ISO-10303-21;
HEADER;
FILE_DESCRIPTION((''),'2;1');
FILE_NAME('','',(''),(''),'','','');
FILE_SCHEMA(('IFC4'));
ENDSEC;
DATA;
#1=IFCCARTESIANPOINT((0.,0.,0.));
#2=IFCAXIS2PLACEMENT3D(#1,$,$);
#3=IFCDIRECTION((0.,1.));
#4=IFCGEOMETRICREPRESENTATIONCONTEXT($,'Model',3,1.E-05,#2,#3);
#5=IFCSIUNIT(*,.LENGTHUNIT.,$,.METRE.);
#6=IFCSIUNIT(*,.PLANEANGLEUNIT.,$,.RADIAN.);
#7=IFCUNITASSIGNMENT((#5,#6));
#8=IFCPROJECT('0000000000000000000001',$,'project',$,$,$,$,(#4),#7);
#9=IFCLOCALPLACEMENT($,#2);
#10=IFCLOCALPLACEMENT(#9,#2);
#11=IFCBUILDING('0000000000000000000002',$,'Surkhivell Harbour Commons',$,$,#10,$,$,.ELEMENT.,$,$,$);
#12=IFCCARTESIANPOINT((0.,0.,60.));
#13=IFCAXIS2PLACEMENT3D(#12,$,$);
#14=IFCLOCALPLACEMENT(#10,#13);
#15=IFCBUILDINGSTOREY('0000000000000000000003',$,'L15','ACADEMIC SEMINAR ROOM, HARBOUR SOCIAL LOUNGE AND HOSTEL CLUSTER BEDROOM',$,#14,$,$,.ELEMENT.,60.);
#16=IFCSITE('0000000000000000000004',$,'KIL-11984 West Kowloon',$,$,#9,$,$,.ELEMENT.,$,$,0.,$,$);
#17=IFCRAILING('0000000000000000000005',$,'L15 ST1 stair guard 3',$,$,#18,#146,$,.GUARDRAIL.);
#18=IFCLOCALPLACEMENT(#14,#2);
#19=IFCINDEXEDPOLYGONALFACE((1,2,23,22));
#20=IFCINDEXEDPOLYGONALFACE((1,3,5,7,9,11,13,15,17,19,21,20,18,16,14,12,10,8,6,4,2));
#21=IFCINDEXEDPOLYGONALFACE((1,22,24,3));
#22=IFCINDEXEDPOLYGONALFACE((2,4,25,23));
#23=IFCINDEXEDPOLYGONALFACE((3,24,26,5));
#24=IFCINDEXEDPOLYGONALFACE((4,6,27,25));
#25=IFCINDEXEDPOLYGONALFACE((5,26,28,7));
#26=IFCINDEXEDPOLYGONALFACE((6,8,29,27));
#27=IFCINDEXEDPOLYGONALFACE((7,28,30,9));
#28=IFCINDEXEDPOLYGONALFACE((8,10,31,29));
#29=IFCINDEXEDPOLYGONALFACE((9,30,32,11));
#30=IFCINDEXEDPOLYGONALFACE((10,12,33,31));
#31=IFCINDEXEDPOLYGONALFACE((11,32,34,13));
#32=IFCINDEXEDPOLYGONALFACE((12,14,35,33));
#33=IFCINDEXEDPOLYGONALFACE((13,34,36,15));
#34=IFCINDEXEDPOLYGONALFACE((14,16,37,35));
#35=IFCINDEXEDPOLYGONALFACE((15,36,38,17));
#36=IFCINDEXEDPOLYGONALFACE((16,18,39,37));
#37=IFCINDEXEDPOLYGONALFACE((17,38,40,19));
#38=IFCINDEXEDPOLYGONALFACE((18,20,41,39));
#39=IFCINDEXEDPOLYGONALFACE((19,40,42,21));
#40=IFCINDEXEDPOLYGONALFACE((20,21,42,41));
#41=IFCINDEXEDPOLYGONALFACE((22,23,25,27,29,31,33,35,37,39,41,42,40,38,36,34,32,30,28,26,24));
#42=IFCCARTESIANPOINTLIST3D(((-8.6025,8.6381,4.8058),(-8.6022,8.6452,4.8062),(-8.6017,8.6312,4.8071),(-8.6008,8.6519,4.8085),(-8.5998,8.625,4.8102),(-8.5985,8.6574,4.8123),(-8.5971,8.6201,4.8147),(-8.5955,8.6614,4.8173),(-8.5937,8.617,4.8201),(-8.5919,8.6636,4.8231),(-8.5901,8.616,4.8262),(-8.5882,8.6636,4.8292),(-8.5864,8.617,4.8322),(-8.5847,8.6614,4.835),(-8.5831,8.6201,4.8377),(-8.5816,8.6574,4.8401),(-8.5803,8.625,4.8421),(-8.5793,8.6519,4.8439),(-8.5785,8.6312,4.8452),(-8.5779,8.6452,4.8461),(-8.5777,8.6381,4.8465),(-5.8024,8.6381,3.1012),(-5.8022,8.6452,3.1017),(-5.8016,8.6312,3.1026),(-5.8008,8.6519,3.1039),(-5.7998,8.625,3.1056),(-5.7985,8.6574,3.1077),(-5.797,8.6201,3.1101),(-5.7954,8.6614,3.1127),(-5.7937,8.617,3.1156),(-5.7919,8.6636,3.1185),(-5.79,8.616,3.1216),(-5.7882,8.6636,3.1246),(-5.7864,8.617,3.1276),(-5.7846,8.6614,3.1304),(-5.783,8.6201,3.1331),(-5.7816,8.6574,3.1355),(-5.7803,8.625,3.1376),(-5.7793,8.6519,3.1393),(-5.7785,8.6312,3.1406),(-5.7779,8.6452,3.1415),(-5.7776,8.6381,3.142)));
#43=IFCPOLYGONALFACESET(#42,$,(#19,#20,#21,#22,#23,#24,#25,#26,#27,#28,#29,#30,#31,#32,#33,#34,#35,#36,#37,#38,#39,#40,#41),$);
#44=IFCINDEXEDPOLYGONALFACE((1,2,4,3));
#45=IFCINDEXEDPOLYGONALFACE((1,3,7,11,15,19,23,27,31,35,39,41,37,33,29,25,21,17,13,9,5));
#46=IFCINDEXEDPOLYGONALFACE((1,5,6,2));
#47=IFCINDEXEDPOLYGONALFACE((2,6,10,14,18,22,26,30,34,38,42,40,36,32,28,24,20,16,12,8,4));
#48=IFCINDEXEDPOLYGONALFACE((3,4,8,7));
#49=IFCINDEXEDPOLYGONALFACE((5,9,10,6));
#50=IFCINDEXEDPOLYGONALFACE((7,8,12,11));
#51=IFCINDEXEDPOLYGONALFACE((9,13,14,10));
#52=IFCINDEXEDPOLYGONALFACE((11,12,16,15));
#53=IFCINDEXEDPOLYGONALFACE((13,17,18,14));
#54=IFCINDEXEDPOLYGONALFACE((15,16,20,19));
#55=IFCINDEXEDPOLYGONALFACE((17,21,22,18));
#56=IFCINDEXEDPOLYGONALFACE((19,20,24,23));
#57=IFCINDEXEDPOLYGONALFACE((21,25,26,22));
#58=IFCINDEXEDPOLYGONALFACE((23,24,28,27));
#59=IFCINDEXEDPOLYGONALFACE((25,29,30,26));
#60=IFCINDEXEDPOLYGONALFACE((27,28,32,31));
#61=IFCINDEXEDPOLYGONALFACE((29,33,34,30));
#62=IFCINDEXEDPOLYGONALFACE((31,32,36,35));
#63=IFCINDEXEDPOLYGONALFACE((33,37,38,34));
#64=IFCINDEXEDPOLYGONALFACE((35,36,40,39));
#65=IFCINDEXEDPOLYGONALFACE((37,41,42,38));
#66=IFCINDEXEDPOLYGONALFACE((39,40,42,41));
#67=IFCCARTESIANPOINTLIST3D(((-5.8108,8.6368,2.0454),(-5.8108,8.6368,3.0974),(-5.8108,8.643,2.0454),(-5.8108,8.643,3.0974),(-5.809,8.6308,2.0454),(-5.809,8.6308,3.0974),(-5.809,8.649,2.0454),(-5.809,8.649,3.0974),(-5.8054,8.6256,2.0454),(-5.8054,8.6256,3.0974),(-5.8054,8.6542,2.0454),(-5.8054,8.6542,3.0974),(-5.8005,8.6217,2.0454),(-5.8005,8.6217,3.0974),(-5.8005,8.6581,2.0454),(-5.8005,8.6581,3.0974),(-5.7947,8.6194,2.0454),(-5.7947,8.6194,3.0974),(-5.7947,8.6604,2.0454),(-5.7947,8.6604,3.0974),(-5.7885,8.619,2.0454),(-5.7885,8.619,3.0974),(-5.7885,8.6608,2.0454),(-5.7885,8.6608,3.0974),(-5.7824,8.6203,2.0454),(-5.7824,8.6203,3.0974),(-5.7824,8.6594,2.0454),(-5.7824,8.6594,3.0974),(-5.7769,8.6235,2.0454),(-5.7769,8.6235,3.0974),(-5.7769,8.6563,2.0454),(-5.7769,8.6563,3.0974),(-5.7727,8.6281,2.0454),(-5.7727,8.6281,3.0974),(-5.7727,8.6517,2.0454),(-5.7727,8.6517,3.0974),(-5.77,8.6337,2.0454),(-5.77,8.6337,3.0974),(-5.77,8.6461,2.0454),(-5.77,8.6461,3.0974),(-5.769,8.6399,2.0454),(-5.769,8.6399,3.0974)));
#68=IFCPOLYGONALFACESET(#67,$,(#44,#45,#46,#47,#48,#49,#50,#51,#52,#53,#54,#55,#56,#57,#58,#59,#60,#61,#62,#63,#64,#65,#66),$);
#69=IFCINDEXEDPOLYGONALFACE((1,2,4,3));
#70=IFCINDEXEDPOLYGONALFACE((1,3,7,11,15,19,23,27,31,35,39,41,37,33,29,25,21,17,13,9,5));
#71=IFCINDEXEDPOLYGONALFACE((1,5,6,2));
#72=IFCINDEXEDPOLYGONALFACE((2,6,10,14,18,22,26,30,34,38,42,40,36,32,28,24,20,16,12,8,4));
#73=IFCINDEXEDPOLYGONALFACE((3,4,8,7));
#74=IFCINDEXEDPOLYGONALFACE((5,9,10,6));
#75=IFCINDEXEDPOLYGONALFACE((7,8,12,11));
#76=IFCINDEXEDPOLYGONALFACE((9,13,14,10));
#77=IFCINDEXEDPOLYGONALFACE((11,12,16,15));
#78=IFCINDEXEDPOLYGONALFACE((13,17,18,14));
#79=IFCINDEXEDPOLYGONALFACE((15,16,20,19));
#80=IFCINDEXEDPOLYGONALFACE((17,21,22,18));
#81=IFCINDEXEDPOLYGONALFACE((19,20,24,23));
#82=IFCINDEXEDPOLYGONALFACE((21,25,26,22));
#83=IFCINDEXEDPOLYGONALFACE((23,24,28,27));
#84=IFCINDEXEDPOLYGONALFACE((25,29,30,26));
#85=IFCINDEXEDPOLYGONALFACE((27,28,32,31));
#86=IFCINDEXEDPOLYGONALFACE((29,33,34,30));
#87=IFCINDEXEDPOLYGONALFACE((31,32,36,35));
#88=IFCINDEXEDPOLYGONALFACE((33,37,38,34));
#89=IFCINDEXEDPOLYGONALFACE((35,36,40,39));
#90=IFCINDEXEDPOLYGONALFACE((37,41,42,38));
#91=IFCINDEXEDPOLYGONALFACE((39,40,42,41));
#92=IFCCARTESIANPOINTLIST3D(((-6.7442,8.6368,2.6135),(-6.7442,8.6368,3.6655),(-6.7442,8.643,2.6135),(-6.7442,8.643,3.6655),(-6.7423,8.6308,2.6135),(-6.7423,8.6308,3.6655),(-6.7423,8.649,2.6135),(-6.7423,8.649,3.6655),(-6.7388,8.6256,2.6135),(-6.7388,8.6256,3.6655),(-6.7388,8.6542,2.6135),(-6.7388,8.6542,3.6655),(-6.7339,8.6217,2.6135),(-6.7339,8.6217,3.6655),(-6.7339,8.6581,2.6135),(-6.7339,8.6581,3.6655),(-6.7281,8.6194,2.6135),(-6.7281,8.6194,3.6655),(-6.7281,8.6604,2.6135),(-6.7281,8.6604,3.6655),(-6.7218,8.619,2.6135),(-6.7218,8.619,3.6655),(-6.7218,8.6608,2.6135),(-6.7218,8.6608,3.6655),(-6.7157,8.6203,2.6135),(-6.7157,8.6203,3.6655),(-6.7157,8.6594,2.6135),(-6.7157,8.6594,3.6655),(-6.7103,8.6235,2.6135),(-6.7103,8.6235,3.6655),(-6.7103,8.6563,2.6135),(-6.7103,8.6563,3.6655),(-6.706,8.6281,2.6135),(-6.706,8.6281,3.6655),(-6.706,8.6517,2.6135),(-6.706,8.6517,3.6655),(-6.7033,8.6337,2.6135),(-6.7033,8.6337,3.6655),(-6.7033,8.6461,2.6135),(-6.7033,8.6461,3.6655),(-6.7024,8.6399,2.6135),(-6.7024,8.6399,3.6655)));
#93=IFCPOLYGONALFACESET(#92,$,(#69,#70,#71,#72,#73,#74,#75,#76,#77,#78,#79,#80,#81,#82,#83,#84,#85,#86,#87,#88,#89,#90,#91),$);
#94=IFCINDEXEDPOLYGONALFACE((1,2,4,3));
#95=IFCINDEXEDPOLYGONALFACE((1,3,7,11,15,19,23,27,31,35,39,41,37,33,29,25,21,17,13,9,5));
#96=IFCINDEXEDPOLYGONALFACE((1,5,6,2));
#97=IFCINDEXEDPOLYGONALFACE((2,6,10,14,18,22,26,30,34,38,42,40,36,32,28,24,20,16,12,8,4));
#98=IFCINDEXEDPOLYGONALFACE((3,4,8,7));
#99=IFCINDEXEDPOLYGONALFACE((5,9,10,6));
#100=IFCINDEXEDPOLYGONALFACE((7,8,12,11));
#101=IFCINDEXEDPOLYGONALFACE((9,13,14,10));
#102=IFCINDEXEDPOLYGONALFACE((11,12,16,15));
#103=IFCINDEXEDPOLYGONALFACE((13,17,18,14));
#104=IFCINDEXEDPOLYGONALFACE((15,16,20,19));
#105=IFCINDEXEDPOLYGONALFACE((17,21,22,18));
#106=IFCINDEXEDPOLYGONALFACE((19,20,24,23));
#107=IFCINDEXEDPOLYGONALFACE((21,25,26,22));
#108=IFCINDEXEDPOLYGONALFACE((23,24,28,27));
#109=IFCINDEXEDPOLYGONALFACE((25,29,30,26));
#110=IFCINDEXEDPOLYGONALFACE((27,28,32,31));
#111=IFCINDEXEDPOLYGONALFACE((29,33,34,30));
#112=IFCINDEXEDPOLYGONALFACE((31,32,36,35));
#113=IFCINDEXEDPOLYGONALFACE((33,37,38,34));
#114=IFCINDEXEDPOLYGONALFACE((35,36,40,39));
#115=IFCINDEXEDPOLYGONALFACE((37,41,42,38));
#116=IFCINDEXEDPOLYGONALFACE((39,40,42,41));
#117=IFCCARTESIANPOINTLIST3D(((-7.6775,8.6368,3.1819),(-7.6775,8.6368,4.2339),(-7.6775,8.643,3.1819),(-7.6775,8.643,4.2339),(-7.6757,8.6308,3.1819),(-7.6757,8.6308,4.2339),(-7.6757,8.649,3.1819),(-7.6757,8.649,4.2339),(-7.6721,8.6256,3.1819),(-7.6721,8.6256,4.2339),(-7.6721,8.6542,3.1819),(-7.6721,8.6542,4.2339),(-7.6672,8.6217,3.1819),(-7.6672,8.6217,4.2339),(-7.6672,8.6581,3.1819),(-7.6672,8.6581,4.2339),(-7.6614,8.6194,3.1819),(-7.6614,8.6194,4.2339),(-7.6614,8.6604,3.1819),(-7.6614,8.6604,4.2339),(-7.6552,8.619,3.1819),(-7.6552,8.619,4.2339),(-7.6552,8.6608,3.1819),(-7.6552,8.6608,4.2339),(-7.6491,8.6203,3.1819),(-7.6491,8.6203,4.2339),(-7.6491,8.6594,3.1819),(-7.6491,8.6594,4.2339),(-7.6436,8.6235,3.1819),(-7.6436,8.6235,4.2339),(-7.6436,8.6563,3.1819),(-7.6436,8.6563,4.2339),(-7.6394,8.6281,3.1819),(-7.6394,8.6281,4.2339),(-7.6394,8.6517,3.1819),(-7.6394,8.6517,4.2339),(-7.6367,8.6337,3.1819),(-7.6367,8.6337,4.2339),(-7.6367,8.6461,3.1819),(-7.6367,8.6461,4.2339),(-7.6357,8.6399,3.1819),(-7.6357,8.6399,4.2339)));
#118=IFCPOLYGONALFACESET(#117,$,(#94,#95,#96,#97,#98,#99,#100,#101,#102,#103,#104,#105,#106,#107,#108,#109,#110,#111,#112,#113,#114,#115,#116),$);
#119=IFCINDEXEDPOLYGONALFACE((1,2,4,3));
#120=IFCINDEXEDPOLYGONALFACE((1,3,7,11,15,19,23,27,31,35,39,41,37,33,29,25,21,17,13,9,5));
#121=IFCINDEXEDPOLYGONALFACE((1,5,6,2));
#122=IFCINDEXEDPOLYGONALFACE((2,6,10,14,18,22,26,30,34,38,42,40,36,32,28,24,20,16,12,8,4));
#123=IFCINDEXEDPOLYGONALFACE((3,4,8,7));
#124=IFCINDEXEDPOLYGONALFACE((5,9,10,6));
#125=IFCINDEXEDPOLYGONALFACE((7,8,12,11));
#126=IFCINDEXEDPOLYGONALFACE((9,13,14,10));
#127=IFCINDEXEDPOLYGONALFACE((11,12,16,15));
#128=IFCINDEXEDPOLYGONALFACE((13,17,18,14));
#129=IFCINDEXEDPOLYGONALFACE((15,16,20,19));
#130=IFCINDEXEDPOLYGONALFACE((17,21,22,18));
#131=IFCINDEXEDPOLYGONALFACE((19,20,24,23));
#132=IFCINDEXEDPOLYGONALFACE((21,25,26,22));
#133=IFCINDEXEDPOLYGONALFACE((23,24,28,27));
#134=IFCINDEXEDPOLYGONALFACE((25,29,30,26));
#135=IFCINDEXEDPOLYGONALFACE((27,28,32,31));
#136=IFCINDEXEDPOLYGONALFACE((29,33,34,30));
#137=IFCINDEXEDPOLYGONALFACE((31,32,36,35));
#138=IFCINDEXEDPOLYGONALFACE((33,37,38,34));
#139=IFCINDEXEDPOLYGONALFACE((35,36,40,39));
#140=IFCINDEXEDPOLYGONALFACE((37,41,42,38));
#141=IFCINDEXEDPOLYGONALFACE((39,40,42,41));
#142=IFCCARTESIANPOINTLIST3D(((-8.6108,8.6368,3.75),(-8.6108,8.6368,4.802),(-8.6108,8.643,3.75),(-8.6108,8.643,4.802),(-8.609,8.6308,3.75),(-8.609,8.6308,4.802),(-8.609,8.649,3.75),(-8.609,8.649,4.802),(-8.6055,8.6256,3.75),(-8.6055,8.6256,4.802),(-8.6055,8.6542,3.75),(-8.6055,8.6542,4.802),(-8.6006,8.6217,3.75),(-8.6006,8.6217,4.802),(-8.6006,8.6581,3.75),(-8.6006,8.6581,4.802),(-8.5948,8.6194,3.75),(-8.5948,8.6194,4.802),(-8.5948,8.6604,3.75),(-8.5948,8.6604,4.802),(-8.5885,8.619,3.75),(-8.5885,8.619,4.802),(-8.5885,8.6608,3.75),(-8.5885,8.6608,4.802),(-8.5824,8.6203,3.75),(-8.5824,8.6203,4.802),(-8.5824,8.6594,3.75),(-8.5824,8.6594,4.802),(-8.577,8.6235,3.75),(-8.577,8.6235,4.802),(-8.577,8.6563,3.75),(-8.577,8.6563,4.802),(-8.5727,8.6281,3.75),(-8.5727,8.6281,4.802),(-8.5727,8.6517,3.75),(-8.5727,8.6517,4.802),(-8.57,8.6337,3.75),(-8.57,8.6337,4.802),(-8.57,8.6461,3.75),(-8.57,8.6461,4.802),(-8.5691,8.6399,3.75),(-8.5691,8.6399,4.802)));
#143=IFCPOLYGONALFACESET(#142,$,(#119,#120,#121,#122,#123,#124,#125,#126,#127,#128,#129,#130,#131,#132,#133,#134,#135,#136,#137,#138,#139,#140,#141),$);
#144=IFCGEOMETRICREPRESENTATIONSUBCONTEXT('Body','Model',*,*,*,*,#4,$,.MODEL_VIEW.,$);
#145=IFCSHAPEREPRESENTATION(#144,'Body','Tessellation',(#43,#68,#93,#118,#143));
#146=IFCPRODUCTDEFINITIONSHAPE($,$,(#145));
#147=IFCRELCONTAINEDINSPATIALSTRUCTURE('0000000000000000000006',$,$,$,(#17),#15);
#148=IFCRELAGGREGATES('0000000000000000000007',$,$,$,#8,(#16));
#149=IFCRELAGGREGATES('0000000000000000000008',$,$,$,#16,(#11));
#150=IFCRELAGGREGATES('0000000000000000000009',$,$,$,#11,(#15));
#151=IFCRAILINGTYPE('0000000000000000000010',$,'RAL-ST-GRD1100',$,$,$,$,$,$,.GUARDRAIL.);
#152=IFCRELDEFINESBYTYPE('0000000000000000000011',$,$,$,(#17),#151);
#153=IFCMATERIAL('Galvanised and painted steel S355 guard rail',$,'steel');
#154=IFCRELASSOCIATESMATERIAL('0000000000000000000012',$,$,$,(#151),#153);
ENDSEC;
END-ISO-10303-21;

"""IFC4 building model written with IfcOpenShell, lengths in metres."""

from ifc_helpers import new_model, si_unit, direction, frame, origin, origin_2d, place, context, subcontext, project, spatial, circle, extrude, material, type_object, element, save


model = new_model("IFC4")

# Units and contexts
model_context = context("Model", 3, precision=1e-05, world=origin(), true_north=direction((0.0, 1.0)))
body_context = subcontext(model_context, "Body", "Model", "MODEL_VIEW")
ifc_project = project(units=[si_unit("LENGTHUNIT", "METRE"), si_unit("PLANEANGLEUNIT", "RADIAN")], contexts=[model_context])

# Site, building, storey
site_placement = place(None, origin())
site = spatial("IfcSite", under=ifc_project, at=site_placement, Name="KIL-11984 West Kowloon", CompositionType="ELEMENT", RefElevation=0.0)
building_placement = place(site_placement, origin())
building = spatial("IfcBuilding", under=site, at=building_placement, Name="Surkhivell Harbour Commons", CompositionType="ELEMENT")
storey_placement = place(building_placement, frame((0.0, 0.0, 60.0)))
storey = spatial("IfcBuildingStorey", under=building, at=storey_placement, Name="L15", Description="ACADEMIC SEMINAR ROOM, HARBOUR SOCIAL LOUNGE AND HOSTEL CLUSTER BEDROOM", CompositionType="ELEMENT", Elevation=60.0)

# Railing
ifc_material_1 = material(Name="Galvanised and painted steel S355 guard rail", Category="steel")
railing_type_1 = type_object("IfcRailingType", Name="RAL-ST-GRD1100", PredefinedType="GUARDRAIL", material=ifc_material_1)
railing_1_placement = place(storey_placement, frame((-5.79, 8.6399, 2.0454)))
element("IfcRailing", 1, at=railing_1_placement, inside=storey, type_object=railing_type_1, Name="L15 ST1 stair guard 3", PredefinedType="GUARDRAIL", context=body_context, shape_type="SweptSolid", body=[
    extrude(circle(Radius=0.0239, at=origin_2d()), frame((0.0, 0.0, 1.0762), z_axis=(-0.85417, 0.0, 0.519994), x_axis=(0.0, -1.0, 0.0)), (0.0, 0.0, 1.0), 3.2781),
    extrude(circle(Radius=0.021, at=origin_2d()), origin(), (0.0, 0.0, 1.0), 1.052),
    extrude(circle(Radius=0.021, at=origin_2d()), frame((-0.9333, 0.0, 0.5681)), (0.0, 0.0, 1.0), 1.052),
    extrude(circle(Radius=0.021, at=origin_2d()), frame((-1.8667, 0.0, 1.1365)), (0.0, 0.0, 1.0), 1.052),
    extrude(circle(Radius=0.021, at=origin_2d()), frame((-2.8, 0.0, 1.7046)), (0.0, 0.0, 1.0), 1.052),
])

save(model, "model.ifc")
